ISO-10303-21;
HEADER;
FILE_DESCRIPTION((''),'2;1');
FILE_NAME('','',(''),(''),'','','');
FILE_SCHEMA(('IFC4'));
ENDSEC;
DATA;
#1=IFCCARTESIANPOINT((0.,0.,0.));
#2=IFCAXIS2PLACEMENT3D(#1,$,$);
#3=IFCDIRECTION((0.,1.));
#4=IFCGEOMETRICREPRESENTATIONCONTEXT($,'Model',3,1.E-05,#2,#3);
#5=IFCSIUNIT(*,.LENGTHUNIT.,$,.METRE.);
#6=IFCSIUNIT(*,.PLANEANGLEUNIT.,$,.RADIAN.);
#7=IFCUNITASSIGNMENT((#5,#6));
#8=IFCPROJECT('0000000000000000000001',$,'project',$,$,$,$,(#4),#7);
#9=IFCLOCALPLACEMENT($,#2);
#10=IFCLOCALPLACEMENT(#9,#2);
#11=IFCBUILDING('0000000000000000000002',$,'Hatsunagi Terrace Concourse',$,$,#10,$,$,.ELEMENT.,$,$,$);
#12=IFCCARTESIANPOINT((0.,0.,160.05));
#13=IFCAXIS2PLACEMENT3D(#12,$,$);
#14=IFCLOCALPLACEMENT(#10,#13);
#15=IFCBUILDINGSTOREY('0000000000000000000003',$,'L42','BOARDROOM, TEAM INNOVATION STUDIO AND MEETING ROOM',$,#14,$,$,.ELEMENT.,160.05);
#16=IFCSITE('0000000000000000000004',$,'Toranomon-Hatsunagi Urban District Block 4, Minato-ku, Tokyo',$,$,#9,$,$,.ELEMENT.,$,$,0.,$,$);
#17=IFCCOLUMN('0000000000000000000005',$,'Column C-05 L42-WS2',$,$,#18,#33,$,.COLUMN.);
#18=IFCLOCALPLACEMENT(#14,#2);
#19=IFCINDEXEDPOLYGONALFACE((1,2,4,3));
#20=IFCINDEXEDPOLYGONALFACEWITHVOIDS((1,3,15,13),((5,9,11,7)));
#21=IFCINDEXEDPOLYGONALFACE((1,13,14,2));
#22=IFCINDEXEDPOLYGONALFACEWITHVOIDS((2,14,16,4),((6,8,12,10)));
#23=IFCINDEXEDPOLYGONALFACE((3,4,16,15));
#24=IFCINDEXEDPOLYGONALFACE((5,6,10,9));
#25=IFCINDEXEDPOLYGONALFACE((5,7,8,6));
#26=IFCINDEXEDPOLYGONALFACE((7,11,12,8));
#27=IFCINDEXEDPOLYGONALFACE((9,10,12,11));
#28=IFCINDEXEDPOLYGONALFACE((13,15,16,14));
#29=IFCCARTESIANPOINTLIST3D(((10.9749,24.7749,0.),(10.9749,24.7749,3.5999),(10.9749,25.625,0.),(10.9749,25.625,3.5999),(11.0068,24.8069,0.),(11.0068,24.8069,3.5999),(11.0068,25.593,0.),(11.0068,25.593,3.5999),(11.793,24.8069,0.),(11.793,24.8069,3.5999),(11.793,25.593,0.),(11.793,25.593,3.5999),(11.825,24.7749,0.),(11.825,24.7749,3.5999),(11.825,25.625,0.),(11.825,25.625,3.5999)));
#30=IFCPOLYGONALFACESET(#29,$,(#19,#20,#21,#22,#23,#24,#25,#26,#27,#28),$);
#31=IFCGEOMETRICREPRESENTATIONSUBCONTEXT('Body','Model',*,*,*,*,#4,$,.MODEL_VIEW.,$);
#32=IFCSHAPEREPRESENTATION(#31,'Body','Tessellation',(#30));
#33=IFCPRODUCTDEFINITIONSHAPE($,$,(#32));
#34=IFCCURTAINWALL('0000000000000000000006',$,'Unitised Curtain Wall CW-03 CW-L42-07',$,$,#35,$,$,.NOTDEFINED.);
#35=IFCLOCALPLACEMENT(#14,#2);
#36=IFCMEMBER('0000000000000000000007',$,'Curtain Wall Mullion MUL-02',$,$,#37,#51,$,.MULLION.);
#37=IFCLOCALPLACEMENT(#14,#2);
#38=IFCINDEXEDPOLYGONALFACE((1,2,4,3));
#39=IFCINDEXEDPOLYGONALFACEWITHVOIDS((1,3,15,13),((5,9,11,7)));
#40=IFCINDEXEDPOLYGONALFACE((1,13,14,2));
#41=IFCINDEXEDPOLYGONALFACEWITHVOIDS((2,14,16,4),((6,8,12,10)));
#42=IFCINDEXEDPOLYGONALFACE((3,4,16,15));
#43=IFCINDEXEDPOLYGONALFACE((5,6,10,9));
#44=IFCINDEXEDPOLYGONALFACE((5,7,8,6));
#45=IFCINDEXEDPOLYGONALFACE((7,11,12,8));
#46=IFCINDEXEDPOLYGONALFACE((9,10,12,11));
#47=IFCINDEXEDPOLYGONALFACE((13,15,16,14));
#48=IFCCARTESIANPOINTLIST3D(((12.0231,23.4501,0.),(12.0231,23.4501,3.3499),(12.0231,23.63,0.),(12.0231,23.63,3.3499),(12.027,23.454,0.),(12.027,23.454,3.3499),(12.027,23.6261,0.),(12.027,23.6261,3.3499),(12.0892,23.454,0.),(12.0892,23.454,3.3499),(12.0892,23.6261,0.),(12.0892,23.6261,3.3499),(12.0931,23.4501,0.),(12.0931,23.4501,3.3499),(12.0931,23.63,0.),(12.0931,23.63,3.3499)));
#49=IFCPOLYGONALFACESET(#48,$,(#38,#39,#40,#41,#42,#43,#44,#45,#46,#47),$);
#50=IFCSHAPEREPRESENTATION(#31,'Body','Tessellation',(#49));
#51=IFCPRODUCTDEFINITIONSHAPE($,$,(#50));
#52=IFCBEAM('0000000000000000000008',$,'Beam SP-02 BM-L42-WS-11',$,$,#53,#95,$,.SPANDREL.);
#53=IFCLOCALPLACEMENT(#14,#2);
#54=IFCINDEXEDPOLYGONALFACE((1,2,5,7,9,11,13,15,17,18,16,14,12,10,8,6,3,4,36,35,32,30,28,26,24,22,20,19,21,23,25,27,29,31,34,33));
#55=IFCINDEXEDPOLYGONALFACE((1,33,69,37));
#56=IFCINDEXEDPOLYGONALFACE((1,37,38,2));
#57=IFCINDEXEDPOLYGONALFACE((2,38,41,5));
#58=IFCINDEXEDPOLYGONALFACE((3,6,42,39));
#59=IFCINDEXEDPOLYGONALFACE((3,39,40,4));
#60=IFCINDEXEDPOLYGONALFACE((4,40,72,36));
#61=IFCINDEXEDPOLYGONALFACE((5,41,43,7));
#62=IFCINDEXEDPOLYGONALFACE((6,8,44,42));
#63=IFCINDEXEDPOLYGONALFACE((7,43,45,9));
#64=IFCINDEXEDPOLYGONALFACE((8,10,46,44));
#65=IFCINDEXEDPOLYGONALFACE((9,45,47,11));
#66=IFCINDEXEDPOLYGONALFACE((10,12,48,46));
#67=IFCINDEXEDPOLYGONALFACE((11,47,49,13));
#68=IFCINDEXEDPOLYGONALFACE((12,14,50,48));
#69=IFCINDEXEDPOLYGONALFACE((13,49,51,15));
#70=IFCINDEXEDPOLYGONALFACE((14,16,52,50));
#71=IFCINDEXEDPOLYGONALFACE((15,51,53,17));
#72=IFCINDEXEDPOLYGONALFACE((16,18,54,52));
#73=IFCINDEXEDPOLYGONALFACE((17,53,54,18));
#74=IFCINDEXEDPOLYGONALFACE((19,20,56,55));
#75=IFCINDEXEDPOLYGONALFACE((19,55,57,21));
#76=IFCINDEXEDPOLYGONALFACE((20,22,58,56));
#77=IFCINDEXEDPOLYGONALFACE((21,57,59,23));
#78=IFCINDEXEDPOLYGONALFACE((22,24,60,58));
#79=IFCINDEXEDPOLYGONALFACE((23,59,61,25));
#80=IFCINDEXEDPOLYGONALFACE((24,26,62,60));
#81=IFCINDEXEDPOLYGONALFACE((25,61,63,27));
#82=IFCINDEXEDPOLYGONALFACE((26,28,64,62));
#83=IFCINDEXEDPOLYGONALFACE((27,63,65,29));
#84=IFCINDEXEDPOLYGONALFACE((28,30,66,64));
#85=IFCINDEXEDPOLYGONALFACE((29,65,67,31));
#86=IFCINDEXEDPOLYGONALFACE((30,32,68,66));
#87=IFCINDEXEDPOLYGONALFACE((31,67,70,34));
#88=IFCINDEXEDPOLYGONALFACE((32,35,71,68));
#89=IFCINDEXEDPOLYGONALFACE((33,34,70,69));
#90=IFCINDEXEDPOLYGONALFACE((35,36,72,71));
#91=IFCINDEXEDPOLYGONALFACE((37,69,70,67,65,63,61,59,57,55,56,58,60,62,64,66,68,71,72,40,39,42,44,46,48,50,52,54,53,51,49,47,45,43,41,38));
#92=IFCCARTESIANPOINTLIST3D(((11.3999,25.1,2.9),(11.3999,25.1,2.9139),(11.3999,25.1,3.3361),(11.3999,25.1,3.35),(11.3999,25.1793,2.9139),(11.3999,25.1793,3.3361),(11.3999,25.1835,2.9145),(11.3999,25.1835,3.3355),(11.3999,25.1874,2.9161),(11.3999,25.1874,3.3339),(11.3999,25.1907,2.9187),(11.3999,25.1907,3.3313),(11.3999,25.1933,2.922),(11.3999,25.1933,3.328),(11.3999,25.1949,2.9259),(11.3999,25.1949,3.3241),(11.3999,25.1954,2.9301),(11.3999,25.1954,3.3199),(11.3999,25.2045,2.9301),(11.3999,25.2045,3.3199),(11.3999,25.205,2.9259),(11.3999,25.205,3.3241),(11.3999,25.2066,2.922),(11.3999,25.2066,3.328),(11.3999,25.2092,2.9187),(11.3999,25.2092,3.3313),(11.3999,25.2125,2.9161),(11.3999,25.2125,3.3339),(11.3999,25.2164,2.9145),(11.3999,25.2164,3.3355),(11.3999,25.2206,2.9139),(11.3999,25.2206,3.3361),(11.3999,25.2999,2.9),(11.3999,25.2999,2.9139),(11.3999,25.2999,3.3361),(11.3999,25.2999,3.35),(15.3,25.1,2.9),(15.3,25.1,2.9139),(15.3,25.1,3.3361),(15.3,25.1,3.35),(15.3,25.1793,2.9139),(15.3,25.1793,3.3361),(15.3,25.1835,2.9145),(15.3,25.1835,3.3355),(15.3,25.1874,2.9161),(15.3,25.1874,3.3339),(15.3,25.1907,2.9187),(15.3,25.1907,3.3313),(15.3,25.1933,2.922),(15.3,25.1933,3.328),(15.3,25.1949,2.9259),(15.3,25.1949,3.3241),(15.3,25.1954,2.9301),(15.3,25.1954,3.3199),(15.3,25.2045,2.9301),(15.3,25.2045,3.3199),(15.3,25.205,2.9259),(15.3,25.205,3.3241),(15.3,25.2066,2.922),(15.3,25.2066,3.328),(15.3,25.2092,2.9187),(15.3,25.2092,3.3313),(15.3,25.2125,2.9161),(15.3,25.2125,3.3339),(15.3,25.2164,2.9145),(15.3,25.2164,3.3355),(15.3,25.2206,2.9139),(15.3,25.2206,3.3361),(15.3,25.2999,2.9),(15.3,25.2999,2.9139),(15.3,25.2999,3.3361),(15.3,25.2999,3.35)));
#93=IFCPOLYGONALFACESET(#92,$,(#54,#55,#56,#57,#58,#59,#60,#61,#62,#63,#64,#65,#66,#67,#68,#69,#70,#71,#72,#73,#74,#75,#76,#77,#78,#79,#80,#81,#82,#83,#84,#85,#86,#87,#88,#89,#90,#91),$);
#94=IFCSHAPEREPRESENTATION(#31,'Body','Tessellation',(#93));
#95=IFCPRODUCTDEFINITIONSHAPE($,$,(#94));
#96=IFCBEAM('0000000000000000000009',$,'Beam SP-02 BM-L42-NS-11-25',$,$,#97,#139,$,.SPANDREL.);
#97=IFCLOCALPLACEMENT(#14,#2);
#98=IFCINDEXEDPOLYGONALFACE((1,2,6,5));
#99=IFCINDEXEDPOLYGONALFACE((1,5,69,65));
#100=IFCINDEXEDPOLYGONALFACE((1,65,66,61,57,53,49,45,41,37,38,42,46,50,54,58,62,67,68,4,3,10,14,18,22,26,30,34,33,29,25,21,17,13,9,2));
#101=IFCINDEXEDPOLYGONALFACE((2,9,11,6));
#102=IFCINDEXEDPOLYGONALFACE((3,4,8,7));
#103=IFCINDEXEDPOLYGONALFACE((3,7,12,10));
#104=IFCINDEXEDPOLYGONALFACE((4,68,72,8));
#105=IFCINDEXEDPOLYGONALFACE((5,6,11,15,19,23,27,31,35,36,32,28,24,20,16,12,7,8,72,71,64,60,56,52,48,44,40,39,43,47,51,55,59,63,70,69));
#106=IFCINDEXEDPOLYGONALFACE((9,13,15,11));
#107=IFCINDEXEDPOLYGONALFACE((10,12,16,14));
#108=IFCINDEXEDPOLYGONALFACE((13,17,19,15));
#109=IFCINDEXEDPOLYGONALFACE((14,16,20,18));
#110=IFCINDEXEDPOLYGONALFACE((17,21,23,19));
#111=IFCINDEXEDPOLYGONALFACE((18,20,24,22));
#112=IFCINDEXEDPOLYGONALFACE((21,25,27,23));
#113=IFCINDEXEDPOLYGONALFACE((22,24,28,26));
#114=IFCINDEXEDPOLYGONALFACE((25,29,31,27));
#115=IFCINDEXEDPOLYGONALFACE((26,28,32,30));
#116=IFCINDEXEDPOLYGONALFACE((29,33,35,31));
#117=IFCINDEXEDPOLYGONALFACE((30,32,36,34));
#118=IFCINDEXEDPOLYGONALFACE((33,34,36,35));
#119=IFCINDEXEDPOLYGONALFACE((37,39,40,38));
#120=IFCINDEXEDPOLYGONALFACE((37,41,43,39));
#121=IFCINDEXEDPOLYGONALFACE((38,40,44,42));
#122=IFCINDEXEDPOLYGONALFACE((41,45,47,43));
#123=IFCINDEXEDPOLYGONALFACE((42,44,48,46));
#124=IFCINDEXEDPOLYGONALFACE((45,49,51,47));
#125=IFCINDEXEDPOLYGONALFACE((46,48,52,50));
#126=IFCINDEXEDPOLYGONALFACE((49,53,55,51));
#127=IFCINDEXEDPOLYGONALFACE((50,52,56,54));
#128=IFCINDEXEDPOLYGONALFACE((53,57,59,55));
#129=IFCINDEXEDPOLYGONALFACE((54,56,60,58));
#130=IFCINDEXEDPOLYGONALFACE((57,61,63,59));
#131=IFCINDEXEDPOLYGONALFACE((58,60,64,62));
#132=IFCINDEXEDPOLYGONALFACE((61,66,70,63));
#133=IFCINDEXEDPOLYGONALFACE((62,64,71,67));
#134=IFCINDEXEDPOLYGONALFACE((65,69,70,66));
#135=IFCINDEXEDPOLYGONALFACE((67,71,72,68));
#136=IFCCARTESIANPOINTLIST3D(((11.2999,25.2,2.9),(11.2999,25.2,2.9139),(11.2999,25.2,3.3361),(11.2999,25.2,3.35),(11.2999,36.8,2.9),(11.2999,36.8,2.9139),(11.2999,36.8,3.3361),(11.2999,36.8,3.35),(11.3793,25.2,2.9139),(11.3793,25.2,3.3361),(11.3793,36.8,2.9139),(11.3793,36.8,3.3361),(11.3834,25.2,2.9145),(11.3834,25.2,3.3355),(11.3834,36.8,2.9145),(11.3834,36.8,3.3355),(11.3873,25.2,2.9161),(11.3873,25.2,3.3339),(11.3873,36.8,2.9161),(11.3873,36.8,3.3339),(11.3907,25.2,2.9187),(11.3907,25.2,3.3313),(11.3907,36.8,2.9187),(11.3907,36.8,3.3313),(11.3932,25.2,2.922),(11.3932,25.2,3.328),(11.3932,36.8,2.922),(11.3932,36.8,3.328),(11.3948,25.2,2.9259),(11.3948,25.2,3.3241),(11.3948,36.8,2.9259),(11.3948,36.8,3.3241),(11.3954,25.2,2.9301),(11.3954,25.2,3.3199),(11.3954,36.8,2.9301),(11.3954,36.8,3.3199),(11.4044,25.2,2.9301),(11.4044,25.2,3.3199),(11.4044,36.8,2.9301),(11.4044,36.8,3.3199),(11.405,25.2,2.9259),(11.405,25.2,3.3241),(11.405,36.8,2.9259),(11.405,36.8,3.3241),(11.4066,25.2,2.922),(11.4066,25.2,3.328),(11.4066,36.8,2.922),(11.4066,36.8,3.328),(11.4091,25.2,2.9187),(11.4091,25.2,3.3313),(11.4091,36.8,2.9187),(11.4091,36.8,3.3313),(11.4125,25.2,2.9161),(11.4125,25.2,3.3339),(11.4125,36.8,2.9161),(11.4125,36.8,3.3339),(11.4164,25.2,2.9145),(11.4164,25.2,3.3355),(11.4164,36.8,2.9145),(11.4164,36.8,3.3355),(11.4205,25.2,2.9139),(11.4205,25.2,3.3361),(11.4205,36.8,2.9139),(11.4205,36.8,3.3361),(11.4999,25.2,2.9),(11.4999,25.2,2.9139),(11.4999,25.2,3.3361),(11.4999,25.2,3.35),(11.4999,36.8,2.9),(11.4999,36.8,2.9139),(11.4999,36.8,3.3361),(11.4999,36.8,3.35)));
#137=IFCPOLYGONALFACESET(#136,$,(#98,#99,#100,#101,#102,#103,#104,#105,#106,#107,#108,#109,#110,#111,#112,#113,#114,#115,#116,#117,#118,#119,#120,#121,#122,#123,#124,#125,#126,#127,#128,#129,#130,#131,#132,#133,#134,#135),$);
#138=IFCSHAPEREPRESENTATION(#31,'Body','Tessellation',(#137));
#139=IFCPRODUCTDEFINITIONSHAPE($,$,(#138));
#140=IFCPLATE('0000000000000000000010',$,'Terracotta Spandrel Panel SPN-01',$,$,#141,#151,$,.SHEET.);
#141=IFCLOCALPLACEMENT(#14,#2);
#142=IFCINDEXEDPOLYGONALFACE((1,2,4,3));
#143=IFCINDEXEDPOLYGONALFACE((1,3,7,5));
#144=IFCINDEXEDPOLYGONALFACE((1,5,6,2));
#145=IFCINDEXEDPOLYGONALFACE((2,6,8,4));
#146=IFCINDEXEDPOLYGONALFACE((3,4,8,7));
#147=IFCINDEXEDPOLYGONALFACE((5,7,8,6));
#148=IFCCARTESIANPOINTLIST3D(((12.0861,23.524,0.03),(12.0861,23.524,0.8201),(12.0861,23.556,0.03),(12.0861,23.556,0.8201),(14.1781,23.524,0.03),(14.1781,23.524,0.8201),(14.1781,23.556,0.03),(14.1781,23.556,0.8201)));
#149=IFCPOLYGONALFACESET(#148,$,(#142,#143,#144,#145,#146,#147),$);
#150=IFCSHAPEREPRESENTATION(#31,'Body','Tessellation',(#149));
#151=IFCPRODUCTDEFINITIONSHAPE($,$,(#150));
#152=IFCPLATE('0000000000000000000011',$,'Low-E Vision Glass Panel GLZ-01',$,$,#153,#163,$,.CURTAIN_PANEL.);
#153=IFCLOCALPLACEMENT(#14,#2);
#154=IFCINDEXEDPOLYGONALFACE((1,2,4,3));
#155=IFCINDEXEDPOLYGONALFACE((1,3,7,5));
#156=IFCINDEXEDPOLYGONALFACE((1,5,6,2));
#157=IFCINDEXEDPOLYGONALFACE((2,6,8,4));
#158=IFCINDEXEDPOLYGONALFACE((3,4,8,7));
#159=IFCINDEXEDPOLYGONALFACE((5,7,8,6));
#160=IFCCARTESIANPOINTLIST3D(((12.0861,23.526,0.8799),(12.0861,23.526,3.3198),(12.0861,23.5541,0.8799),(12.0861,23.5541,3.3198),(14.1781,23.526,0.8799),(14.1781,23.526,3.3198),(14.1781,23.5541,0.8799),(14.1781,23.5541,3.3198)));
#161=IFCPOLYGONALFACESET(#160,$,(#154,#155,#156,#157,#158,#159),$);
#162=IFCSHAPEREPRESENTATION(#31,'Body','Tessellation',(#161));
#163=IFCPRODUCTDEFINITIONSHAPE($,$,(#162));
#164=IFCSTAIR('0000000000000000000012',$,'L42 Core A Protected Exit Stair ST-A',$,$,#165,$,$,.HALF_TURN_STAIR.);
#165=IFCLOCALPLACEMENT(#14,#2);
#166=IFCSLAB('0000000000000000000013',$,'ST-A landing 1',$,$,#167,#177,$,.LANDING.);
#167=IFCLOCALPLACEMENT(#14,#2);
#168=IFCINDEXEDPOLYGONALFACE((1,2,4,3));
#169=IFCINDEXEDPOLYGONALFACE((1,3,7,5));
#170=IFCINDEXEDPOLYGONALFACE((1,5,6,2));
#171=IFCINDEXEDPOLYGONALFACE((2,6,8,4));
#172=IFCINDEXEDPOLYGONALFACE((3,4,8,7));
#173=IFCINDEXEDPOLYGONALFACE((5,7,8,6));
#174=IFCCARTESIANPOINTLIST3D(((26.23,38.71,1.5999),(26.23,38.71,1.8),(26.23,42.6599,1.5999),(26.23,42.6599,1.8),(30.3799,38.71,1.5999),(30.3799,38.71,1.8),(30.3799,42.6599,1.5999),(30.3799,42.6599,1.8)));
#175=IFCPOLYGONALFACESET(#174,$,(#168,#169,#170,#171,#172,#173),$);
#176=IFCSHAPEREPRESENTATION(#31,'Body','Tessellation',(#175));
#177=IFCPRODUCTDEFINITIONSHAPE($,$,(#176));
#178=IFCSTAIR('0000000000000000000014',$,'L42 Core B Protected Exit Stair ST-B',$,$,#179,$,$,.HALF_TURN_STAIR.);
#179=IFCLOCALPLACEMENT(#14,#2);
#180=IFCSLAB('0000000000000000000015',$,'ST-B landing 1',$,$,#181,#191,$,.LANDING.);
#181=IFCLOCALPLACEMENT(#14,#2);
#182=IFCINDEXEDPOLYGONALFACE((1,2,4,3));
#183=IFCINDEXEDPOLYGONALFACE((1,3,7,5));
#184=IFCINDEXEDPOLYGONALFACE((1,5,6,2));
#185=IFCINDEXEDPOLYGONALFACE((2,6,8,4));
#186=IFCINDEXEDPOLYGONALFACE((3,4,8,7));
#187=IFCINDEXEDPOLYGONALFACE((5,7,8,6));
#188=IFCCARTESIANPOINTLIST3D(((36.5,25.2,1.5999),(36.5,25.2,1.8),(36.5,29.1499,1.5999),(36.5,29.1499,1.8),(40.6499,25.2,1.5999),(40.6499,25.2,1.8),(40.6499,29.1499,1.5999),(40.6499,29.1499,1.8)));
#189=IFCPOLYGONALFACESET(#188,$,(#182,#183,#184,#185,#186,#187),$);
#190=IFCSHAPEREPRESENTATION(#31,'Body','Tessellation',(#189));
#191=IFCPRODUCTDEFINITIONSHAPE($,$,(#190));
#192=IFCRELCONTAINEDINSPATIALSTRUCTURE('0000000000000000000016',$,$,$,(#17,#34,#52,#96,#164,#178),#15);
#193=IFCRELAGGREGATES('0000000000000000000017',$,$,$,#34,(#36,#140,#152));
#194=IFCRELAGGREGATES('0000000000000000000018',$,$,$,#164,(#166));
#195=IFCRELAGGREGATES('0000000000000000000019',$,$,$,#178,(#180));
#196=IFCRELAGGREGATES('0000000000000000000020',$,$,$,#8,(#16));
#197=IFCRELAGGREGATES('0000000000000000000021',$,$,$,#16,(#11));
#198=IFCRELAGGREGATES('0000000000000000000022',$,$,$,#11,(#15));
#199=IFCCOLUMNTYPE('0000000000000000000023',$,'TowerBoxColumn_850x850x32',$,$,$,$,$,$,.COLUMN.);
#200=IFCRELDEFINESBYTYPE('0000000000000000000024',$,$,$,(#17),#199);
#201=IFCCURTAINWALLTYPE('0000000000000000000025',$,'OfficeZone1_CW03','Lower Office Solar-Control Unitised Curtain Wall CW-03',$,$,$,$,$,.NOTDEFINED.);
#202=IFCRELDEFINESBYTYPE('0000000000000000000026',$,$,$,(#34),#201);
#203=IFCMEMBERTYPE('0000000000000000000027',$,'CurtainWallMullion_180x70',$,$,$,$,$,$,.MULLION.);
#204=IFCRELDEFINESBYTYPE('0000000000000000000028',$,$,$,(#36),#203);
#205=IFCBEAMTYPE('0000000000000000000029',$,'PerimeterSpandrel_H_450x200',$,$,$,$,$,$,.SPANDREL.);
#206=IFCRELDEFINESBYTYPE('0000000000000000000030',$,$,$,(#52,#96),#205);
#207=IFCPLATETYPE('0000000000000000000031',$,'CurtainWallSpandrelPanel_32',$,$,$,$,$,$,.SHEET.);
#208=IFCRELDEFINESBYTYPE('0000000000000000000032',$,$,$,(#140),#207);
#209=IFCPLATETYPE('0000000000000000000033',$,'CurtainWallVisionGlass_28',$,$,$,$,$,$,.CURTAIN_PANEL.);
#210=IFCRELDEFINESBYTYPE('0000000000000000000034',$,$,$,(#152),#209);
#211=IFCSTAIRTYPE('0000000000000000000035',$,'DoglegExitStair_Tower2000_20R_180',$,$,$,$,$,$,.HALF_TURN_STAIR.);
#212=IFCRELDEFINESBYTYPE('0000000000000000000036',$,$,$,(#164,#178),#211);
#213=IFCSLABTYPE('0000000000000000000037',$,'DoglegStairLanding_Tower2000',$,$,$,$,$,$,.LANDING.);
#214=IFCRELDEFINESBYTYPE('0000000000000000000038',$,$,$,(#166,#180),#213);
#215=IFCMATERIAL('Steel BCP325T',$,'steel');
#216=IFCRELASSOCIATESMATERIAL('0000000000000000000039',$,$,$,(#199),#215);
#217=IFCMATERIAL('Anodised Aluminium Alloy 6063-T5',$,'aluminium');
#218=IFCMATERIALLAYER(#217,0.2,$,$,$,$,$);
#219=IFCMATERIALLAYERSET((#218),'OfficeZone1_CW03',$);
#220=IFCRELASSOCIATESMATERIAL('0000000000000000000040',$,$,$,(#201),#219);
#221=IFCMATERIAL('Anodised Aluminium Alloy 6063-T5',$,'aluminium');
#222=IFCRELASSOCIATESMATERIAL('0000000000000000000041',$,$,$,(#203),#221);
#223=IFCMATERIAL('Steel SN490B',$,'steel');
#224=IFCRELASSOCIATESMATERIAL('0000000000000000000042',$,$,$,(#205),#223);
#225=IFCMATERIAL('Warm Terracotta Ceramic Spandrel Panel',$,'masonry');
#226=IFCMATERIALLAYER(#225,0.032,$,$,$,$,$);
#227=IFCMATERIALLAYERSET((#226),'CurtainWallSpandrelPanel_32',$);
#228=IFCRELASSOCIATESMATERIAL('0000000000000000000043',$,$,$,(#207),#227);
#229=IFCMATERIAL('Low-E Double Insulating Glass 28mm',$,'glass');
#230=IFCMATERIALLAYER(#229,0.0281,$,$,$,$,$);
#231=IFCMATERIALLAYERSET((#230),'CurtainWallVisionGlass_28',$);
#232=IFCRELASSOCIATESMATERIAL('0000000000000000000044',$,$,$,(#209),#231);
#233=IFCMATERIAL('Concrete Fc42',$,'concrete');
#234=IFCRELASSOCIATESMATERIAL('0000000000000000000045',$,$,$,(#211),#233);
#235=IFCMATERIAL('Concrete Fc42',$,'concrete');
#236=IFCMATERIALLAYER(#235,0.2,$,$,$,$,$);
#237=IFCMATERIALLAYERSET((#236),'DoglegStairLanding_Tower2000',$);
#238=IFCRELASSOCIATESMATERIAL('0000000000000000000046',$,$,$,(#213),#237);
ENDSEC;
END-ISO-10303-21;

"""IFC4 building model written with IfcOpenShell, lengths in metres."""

from ifc_helpers import new_model, si_unit, direction, frame, origin, origin_2d, place, context, subcontext, project, spatial, polyline, rectangle, hollow_rectangle, i_section, outline, extrude, material, layer, layer_set, material_profile, profile_set, type_object, element, aggregate, save


model = new_model("IFC4")

# Units and contexts
model_context = context("Model", 3, precision=1e-05, world=origin(), true_north=direction((0.0, 1.0)))
body_context = subcontext(model_context, "Body", "Model", "MODEL_VIEW")
ifc_project = project(units=[si_unit("LENGTHUNIT", "METRE"), si_unit("PLANEANGLEUNIT", "RADIAN")], contexts=[model_context])

# Site, building, storey
site_placement = place(None, origin())
site = spatial("IfcSite", under=ifc_project, at=site_placement, Name="Toranomon-Hatsunagi Urban District Block 4, Minato-ku, Tokyo", CompositionType="ELEMENT", RefElevation=0.0)
building_placement = place(site_placement, origin())
building = spatial("IfcBuilding", under=site, at=building_placement, Name="Hatsunagi Terrace Concourse", CompositionType="ELEMENT")
storey_placement = place(building_placement, frame((0.0, 0.0, 160.05)))
storey = spatial("IfcBuildingStorey", under=building, at=storey_placement, Name="L42", Description="BOARDROOM, TEAM INNOVATION STUDIO AND MEETING ROOM", CompositionType="ELEMENT", Elevation=160.05)

# Column
ifc_material_1 = material(Name="Steel BCP325T", Category="steel")
ifc_material_profile_1 = material_profile(ifc_material_1, hollow_rectangle(XDim=0.8501, YDim=0.8501, WallThickness=0.032, at=origin_2d()), Name="BCP-850x850x32")
ifc_profile_set_1 = profile_set([ifc_material_profile_1], Name="Steel BCP325T")
column_type = type_object("IfcColumnType", Name="TowerBoxColumn_850x850x32", PredefinedType="COLUMN", material=ifc_profile_set_1)
column_placement = place(storey_placement, frame((11.3999, 25.2, 0.0), z_axis=(0.0, 0.0, 1.0), x_axis=(1.0, 0.0, 0.0)))
element("IfcColumn", 1, at=column_placement, inside=storey, type_object=column_type, Name="Column C-05 L42-WS2", PredefinedType="COLUMN", context=body_context, shape_type="SweptSolid", body=[
    extrude(hollow_rectangle(XDim=0.8501, YDim=0.8501, WallThickness=0.032, at=origin_2d()), origin(), (0.0, 0.0, 1.0), 3.5999),
])

# Curtain wall, member
ifc_material_2 = material(Name="Anodised Aluminium Alloy 6063-T5", Category="aluminium")
ifc_layer_1 = layer(ifc_material_2, 0.2)
ifc_layer_set_1 = layer_set([ifc_layer_1], Name="OfficeZone1_CW03")
curtain_wall_type = type_object("IfcCurtainWallType", Name="OfficeZone1_CW03", Description="Lower Office Solar-Control Unitised Curtain Wall CW-03", PredefinedType="NOTDEFINED", material=ifc_layer_set_1)
curtain_wall_placement = place(storey_placement, origin())
curtain_wall = element("IfcCurtainWall", 2, at=curtain_wall_placement, inside=storey, type_object=curtain_wall_type, Name="Unitised Curtain Wall CW-03 CW-L42-07", PredefinedType="NOTDEFINED")
ifc_material_3 = material(Name="Anodised Aluminium Alloy 6063-T5", Category="aluminium")
ifc_material_profile_2 = material_profile(ifc_material_3, hollow_rectangle(XDim=0.0701, YDim=0.1799, WallThickness=0.0039, at=origin_2d()), Name="ALU-MUL-180x70x4")
ifc_profile_set_2 = profile_set([ifc_material_profile_2], Name="Anodised Aluminium Alloy 6063-T5")
member_type = type_object("IfcMemberType", Name="CurtainWallMullion_180x70", PredefinedType="MULLION", material=ifc_profile_set_2)
member_placement = place(storey_placement, frame((12.0581, 23.54, 0.0), z_axis=(0.0, 0.0, 1.0), x_axis=(-1.0, 0.0, 0.0)))
member = element("IfcMember", 3, at=member_placement, type_object=member_type, Name="Curtain Wall Mullion MUL-02", PredefinedType="MULLION", context=body_context, shape_type="SweptSolid", body=[
    extrude(hollow_rectangle(XDim=0.0701, YDim=0.1799, WallThickness=0.0039, at=origin_2d()), origin(), (0.0, 0.0, 1.0), 3.3499),
])

# Beams
ifc_material_4 = material(Name="Steel SN490B", Category="steel")
ifc_material_profile_3 = material_profile(ifc_material_4, i_section(OverallWidth=0.2, OverallDepth=0.45, WebThickness=0.009, FlangeThickness=0.0139, FilletRadius=0.0161, at=origin_2d()), Name="H-450x200x9x14")
ifc_profile_set_3 = profile_set([ifc_material_profile_3], Name="Steel SN490B")
beam_type = type_object("IfcBeamType", Name="PerimeterSpandrel_H_450x200", PredefinedType="SPANDREL", material=ifc_profile_set_3)
beam_1_placement = place(storey_placement, frame((11.3999, 25.2, 3.125), z_axis=(1.0, 0.0, 0.0), x_axis=(0.0, 1.0, 0.0)))
element("IfcBeam", 4, at=beam_1_placement, inside=storey, type_object=beam_type, Name="Beam SP-02 BM-L42-WS-11", PredefinedType="SPANDREL", context=body_context, shape_type="SweptSolid", body=[
    extrude(i_section(OverallWidth=0.2, OverallDepth=0.45, WebThickness=0.009, FlangeThickness=0.0139, FilletRadius=0.0161, at=origin_2d()), origin(), (0.0, 0.0, 1.0), 3.9001),
])
beam_2_placement = place(storey_placement, frame((11.3999, 25.2, 3.125), z_axis=(0.0, 1.0, 0.0), x_axis=(-1.0, 0.0, 0.0)))
element("IfcBeam", 5, at=beam_2_placement, inside=storey, type_object=beam_type, Name="Beam SP-02 BM-L42-NS-11-25", PredefinedType="SPANDREL", context=body_context, shape_type="SweptSolid", body=[
    extrude(i_section(OverallWidth=0.2, OverallDepth=0.45, WebThickness=0.009, FlangeThickness=0.0139, FilletRadius=0.0161, at=origin_2d()), origin(), (0.0, 0.0, 1.0), 11.6001),
])

# Plates
ifc_material_5 = material(Name="Warm Terracotta Ceramic Spandrel Panel", Category="masonry")
ifc_layer_2 = layer(ifc_material_5, 0.032)
ifc_layer_set_2 = layer_set([ifc_layer_2], Name="CurtainWallSpandrelPanel_32")
plate_type_1 = type_object("IfcPlateType", Name="CurtainWallSpandrelPanel_32", PredefinedType="SHEET", material=ifc_layer_set_2)
plate_1_placement = place(storey_placement, frame((13.1321, 23.54, 0.03), z_axis=(0.0, 0.0, 1.0), x_axis=(-1.0, 0.0, 0.0)))
plate_1 = element("IfcPlate", 6, at=plate_1_placement, type_object=plate_type_1, Name="Terracotta Spandrel Panel SPN-01", PredefinedType="SHEET", context=body_context, shape_type="SweptSolid", body=[
    extrude(rectangle(XDim=2.092, YDim=0.032, at=origin_2d()), origin(), (0.0, 0.0, 1.0), 0.79),
])
ifc_material_6 = material(Name="Low-E Double Insulating Glass 28mm", Category="glass")
ifc_layer_3 = layer(ifc_material_6, 0.0281)
ifc_layer_set_3 = layer_set([ifc_layer_3], Name="CurtainWallVisionGlass_28")
plate_type_2 = type_object("IfcPlateType", Name="CurtainWallVisionGlass_28", PredefinedType="CURTAIN_PANEL", material=ifc_layer_set_3)
plate_2_placement = place(storey_placement, frame((13.1321, 23.54, 0.8799), z_axis=(0.0, 0.0, 1.0), x_axis=(-1.0, 0.0, 0.0)))
plate_2 = element("IfcPlate", 7, at=plate_2_placement, type_object=plate_type_2, Name="Low-E Vision Glass Panel GLZ-01", PredefinedType="CURTAIN_PANEL", context=body_context, shape_type="SweptSolid", body=[
    extrude(rectangle(XDim=2.092, YDim=0.0281, at=origin_2d()), origin(), (0.0, 0.0, 1.0), 2.4399),
])
aggregate(curtain_wall, [member, plate_1, plate_2])

# Stairs, slabs
ifc_material_7 = material(Name="Concrete Fc42", Category="concrete")
stair_type = type_object("IfcStairType", Name="DoglegExitStair_Tower2000_20R_180", PredefinedType="HALF_TURN_STAIR", material=ifc_material_7)
stair_1_placement = place(storey_placement, origin())
stair_1 = element("IfcStair", 8, at=stair_1_placement, inside=storey, type_object=stair_type, Name="L42 Core A Protected Exit Stair ST-A", PredefinedType="HALF_TURN_STAIR")
ifc_material_8 = material(Name="Concrete Fc42", Category="concrete")
ifc_layer_4 = layer(ifc_material_8, 0.2)
ifc_layer_set_4 = layer_set([ifc_layer_4], Name="DoglegStairLanding_Tower2000")
slab_type_1 = type_object("IfcSlabType", Name="DoglegStairLanding_Tower2000", PredefinedType="LANDING", material=ifc_layer_set_4)
slab_1_placement = place(storey_placement, frame((0.0, 0.0, 1.5999)))
slab_1 = element("IfcSlab", 9, at=slab_1_placement, type_object=slab_type_1, Name="ST-A landing 1", PredefinedType="LANDING", context=body_context, shape_type="SweptSolid", body=[
    extrude(outline(polyline([(30.3799, 38.71), (30.3799, 42.6599), (26.23, 42.6599), (26.23, 38.71), (30.3799, 38.71)])), origin(), (0.0, 0.0, 1.0), 0.2002),
])
aggregate(stair_1, [slab_1])
stair_2_placement = place(storey_placement, origin())
stair_2 = element("IfcStair", 10, at=stair_2_placement, inside=storey, type_object=stair_type, Name="L42 Core B Protected Exit Stair ST-B", PredefinedType="HALF_TURN_STAIR")
slab_2_placement = place(storey_placement, frame((0.0, 0.0, 1.5999)))
slab_2 = element("IfcSlab", 11, at=slab_2_placement, type_object=slab_type_1, Name="ST-B landing 1", PredefinedType="LANDING", context=body_context, shape_type="SweptSolid", body=[
    extrude(outline(polyline([(36.5, 29.1499), (36.5, 25.2), (40.6499, 25.2), (40.6499, 29.1499), (36.5, 29.1499)])), origin(), (0.0, 0.0, 1.0), 0.2002),
])
aggregate(stair_2, [slab_2])

save(model, "model.ifc")
